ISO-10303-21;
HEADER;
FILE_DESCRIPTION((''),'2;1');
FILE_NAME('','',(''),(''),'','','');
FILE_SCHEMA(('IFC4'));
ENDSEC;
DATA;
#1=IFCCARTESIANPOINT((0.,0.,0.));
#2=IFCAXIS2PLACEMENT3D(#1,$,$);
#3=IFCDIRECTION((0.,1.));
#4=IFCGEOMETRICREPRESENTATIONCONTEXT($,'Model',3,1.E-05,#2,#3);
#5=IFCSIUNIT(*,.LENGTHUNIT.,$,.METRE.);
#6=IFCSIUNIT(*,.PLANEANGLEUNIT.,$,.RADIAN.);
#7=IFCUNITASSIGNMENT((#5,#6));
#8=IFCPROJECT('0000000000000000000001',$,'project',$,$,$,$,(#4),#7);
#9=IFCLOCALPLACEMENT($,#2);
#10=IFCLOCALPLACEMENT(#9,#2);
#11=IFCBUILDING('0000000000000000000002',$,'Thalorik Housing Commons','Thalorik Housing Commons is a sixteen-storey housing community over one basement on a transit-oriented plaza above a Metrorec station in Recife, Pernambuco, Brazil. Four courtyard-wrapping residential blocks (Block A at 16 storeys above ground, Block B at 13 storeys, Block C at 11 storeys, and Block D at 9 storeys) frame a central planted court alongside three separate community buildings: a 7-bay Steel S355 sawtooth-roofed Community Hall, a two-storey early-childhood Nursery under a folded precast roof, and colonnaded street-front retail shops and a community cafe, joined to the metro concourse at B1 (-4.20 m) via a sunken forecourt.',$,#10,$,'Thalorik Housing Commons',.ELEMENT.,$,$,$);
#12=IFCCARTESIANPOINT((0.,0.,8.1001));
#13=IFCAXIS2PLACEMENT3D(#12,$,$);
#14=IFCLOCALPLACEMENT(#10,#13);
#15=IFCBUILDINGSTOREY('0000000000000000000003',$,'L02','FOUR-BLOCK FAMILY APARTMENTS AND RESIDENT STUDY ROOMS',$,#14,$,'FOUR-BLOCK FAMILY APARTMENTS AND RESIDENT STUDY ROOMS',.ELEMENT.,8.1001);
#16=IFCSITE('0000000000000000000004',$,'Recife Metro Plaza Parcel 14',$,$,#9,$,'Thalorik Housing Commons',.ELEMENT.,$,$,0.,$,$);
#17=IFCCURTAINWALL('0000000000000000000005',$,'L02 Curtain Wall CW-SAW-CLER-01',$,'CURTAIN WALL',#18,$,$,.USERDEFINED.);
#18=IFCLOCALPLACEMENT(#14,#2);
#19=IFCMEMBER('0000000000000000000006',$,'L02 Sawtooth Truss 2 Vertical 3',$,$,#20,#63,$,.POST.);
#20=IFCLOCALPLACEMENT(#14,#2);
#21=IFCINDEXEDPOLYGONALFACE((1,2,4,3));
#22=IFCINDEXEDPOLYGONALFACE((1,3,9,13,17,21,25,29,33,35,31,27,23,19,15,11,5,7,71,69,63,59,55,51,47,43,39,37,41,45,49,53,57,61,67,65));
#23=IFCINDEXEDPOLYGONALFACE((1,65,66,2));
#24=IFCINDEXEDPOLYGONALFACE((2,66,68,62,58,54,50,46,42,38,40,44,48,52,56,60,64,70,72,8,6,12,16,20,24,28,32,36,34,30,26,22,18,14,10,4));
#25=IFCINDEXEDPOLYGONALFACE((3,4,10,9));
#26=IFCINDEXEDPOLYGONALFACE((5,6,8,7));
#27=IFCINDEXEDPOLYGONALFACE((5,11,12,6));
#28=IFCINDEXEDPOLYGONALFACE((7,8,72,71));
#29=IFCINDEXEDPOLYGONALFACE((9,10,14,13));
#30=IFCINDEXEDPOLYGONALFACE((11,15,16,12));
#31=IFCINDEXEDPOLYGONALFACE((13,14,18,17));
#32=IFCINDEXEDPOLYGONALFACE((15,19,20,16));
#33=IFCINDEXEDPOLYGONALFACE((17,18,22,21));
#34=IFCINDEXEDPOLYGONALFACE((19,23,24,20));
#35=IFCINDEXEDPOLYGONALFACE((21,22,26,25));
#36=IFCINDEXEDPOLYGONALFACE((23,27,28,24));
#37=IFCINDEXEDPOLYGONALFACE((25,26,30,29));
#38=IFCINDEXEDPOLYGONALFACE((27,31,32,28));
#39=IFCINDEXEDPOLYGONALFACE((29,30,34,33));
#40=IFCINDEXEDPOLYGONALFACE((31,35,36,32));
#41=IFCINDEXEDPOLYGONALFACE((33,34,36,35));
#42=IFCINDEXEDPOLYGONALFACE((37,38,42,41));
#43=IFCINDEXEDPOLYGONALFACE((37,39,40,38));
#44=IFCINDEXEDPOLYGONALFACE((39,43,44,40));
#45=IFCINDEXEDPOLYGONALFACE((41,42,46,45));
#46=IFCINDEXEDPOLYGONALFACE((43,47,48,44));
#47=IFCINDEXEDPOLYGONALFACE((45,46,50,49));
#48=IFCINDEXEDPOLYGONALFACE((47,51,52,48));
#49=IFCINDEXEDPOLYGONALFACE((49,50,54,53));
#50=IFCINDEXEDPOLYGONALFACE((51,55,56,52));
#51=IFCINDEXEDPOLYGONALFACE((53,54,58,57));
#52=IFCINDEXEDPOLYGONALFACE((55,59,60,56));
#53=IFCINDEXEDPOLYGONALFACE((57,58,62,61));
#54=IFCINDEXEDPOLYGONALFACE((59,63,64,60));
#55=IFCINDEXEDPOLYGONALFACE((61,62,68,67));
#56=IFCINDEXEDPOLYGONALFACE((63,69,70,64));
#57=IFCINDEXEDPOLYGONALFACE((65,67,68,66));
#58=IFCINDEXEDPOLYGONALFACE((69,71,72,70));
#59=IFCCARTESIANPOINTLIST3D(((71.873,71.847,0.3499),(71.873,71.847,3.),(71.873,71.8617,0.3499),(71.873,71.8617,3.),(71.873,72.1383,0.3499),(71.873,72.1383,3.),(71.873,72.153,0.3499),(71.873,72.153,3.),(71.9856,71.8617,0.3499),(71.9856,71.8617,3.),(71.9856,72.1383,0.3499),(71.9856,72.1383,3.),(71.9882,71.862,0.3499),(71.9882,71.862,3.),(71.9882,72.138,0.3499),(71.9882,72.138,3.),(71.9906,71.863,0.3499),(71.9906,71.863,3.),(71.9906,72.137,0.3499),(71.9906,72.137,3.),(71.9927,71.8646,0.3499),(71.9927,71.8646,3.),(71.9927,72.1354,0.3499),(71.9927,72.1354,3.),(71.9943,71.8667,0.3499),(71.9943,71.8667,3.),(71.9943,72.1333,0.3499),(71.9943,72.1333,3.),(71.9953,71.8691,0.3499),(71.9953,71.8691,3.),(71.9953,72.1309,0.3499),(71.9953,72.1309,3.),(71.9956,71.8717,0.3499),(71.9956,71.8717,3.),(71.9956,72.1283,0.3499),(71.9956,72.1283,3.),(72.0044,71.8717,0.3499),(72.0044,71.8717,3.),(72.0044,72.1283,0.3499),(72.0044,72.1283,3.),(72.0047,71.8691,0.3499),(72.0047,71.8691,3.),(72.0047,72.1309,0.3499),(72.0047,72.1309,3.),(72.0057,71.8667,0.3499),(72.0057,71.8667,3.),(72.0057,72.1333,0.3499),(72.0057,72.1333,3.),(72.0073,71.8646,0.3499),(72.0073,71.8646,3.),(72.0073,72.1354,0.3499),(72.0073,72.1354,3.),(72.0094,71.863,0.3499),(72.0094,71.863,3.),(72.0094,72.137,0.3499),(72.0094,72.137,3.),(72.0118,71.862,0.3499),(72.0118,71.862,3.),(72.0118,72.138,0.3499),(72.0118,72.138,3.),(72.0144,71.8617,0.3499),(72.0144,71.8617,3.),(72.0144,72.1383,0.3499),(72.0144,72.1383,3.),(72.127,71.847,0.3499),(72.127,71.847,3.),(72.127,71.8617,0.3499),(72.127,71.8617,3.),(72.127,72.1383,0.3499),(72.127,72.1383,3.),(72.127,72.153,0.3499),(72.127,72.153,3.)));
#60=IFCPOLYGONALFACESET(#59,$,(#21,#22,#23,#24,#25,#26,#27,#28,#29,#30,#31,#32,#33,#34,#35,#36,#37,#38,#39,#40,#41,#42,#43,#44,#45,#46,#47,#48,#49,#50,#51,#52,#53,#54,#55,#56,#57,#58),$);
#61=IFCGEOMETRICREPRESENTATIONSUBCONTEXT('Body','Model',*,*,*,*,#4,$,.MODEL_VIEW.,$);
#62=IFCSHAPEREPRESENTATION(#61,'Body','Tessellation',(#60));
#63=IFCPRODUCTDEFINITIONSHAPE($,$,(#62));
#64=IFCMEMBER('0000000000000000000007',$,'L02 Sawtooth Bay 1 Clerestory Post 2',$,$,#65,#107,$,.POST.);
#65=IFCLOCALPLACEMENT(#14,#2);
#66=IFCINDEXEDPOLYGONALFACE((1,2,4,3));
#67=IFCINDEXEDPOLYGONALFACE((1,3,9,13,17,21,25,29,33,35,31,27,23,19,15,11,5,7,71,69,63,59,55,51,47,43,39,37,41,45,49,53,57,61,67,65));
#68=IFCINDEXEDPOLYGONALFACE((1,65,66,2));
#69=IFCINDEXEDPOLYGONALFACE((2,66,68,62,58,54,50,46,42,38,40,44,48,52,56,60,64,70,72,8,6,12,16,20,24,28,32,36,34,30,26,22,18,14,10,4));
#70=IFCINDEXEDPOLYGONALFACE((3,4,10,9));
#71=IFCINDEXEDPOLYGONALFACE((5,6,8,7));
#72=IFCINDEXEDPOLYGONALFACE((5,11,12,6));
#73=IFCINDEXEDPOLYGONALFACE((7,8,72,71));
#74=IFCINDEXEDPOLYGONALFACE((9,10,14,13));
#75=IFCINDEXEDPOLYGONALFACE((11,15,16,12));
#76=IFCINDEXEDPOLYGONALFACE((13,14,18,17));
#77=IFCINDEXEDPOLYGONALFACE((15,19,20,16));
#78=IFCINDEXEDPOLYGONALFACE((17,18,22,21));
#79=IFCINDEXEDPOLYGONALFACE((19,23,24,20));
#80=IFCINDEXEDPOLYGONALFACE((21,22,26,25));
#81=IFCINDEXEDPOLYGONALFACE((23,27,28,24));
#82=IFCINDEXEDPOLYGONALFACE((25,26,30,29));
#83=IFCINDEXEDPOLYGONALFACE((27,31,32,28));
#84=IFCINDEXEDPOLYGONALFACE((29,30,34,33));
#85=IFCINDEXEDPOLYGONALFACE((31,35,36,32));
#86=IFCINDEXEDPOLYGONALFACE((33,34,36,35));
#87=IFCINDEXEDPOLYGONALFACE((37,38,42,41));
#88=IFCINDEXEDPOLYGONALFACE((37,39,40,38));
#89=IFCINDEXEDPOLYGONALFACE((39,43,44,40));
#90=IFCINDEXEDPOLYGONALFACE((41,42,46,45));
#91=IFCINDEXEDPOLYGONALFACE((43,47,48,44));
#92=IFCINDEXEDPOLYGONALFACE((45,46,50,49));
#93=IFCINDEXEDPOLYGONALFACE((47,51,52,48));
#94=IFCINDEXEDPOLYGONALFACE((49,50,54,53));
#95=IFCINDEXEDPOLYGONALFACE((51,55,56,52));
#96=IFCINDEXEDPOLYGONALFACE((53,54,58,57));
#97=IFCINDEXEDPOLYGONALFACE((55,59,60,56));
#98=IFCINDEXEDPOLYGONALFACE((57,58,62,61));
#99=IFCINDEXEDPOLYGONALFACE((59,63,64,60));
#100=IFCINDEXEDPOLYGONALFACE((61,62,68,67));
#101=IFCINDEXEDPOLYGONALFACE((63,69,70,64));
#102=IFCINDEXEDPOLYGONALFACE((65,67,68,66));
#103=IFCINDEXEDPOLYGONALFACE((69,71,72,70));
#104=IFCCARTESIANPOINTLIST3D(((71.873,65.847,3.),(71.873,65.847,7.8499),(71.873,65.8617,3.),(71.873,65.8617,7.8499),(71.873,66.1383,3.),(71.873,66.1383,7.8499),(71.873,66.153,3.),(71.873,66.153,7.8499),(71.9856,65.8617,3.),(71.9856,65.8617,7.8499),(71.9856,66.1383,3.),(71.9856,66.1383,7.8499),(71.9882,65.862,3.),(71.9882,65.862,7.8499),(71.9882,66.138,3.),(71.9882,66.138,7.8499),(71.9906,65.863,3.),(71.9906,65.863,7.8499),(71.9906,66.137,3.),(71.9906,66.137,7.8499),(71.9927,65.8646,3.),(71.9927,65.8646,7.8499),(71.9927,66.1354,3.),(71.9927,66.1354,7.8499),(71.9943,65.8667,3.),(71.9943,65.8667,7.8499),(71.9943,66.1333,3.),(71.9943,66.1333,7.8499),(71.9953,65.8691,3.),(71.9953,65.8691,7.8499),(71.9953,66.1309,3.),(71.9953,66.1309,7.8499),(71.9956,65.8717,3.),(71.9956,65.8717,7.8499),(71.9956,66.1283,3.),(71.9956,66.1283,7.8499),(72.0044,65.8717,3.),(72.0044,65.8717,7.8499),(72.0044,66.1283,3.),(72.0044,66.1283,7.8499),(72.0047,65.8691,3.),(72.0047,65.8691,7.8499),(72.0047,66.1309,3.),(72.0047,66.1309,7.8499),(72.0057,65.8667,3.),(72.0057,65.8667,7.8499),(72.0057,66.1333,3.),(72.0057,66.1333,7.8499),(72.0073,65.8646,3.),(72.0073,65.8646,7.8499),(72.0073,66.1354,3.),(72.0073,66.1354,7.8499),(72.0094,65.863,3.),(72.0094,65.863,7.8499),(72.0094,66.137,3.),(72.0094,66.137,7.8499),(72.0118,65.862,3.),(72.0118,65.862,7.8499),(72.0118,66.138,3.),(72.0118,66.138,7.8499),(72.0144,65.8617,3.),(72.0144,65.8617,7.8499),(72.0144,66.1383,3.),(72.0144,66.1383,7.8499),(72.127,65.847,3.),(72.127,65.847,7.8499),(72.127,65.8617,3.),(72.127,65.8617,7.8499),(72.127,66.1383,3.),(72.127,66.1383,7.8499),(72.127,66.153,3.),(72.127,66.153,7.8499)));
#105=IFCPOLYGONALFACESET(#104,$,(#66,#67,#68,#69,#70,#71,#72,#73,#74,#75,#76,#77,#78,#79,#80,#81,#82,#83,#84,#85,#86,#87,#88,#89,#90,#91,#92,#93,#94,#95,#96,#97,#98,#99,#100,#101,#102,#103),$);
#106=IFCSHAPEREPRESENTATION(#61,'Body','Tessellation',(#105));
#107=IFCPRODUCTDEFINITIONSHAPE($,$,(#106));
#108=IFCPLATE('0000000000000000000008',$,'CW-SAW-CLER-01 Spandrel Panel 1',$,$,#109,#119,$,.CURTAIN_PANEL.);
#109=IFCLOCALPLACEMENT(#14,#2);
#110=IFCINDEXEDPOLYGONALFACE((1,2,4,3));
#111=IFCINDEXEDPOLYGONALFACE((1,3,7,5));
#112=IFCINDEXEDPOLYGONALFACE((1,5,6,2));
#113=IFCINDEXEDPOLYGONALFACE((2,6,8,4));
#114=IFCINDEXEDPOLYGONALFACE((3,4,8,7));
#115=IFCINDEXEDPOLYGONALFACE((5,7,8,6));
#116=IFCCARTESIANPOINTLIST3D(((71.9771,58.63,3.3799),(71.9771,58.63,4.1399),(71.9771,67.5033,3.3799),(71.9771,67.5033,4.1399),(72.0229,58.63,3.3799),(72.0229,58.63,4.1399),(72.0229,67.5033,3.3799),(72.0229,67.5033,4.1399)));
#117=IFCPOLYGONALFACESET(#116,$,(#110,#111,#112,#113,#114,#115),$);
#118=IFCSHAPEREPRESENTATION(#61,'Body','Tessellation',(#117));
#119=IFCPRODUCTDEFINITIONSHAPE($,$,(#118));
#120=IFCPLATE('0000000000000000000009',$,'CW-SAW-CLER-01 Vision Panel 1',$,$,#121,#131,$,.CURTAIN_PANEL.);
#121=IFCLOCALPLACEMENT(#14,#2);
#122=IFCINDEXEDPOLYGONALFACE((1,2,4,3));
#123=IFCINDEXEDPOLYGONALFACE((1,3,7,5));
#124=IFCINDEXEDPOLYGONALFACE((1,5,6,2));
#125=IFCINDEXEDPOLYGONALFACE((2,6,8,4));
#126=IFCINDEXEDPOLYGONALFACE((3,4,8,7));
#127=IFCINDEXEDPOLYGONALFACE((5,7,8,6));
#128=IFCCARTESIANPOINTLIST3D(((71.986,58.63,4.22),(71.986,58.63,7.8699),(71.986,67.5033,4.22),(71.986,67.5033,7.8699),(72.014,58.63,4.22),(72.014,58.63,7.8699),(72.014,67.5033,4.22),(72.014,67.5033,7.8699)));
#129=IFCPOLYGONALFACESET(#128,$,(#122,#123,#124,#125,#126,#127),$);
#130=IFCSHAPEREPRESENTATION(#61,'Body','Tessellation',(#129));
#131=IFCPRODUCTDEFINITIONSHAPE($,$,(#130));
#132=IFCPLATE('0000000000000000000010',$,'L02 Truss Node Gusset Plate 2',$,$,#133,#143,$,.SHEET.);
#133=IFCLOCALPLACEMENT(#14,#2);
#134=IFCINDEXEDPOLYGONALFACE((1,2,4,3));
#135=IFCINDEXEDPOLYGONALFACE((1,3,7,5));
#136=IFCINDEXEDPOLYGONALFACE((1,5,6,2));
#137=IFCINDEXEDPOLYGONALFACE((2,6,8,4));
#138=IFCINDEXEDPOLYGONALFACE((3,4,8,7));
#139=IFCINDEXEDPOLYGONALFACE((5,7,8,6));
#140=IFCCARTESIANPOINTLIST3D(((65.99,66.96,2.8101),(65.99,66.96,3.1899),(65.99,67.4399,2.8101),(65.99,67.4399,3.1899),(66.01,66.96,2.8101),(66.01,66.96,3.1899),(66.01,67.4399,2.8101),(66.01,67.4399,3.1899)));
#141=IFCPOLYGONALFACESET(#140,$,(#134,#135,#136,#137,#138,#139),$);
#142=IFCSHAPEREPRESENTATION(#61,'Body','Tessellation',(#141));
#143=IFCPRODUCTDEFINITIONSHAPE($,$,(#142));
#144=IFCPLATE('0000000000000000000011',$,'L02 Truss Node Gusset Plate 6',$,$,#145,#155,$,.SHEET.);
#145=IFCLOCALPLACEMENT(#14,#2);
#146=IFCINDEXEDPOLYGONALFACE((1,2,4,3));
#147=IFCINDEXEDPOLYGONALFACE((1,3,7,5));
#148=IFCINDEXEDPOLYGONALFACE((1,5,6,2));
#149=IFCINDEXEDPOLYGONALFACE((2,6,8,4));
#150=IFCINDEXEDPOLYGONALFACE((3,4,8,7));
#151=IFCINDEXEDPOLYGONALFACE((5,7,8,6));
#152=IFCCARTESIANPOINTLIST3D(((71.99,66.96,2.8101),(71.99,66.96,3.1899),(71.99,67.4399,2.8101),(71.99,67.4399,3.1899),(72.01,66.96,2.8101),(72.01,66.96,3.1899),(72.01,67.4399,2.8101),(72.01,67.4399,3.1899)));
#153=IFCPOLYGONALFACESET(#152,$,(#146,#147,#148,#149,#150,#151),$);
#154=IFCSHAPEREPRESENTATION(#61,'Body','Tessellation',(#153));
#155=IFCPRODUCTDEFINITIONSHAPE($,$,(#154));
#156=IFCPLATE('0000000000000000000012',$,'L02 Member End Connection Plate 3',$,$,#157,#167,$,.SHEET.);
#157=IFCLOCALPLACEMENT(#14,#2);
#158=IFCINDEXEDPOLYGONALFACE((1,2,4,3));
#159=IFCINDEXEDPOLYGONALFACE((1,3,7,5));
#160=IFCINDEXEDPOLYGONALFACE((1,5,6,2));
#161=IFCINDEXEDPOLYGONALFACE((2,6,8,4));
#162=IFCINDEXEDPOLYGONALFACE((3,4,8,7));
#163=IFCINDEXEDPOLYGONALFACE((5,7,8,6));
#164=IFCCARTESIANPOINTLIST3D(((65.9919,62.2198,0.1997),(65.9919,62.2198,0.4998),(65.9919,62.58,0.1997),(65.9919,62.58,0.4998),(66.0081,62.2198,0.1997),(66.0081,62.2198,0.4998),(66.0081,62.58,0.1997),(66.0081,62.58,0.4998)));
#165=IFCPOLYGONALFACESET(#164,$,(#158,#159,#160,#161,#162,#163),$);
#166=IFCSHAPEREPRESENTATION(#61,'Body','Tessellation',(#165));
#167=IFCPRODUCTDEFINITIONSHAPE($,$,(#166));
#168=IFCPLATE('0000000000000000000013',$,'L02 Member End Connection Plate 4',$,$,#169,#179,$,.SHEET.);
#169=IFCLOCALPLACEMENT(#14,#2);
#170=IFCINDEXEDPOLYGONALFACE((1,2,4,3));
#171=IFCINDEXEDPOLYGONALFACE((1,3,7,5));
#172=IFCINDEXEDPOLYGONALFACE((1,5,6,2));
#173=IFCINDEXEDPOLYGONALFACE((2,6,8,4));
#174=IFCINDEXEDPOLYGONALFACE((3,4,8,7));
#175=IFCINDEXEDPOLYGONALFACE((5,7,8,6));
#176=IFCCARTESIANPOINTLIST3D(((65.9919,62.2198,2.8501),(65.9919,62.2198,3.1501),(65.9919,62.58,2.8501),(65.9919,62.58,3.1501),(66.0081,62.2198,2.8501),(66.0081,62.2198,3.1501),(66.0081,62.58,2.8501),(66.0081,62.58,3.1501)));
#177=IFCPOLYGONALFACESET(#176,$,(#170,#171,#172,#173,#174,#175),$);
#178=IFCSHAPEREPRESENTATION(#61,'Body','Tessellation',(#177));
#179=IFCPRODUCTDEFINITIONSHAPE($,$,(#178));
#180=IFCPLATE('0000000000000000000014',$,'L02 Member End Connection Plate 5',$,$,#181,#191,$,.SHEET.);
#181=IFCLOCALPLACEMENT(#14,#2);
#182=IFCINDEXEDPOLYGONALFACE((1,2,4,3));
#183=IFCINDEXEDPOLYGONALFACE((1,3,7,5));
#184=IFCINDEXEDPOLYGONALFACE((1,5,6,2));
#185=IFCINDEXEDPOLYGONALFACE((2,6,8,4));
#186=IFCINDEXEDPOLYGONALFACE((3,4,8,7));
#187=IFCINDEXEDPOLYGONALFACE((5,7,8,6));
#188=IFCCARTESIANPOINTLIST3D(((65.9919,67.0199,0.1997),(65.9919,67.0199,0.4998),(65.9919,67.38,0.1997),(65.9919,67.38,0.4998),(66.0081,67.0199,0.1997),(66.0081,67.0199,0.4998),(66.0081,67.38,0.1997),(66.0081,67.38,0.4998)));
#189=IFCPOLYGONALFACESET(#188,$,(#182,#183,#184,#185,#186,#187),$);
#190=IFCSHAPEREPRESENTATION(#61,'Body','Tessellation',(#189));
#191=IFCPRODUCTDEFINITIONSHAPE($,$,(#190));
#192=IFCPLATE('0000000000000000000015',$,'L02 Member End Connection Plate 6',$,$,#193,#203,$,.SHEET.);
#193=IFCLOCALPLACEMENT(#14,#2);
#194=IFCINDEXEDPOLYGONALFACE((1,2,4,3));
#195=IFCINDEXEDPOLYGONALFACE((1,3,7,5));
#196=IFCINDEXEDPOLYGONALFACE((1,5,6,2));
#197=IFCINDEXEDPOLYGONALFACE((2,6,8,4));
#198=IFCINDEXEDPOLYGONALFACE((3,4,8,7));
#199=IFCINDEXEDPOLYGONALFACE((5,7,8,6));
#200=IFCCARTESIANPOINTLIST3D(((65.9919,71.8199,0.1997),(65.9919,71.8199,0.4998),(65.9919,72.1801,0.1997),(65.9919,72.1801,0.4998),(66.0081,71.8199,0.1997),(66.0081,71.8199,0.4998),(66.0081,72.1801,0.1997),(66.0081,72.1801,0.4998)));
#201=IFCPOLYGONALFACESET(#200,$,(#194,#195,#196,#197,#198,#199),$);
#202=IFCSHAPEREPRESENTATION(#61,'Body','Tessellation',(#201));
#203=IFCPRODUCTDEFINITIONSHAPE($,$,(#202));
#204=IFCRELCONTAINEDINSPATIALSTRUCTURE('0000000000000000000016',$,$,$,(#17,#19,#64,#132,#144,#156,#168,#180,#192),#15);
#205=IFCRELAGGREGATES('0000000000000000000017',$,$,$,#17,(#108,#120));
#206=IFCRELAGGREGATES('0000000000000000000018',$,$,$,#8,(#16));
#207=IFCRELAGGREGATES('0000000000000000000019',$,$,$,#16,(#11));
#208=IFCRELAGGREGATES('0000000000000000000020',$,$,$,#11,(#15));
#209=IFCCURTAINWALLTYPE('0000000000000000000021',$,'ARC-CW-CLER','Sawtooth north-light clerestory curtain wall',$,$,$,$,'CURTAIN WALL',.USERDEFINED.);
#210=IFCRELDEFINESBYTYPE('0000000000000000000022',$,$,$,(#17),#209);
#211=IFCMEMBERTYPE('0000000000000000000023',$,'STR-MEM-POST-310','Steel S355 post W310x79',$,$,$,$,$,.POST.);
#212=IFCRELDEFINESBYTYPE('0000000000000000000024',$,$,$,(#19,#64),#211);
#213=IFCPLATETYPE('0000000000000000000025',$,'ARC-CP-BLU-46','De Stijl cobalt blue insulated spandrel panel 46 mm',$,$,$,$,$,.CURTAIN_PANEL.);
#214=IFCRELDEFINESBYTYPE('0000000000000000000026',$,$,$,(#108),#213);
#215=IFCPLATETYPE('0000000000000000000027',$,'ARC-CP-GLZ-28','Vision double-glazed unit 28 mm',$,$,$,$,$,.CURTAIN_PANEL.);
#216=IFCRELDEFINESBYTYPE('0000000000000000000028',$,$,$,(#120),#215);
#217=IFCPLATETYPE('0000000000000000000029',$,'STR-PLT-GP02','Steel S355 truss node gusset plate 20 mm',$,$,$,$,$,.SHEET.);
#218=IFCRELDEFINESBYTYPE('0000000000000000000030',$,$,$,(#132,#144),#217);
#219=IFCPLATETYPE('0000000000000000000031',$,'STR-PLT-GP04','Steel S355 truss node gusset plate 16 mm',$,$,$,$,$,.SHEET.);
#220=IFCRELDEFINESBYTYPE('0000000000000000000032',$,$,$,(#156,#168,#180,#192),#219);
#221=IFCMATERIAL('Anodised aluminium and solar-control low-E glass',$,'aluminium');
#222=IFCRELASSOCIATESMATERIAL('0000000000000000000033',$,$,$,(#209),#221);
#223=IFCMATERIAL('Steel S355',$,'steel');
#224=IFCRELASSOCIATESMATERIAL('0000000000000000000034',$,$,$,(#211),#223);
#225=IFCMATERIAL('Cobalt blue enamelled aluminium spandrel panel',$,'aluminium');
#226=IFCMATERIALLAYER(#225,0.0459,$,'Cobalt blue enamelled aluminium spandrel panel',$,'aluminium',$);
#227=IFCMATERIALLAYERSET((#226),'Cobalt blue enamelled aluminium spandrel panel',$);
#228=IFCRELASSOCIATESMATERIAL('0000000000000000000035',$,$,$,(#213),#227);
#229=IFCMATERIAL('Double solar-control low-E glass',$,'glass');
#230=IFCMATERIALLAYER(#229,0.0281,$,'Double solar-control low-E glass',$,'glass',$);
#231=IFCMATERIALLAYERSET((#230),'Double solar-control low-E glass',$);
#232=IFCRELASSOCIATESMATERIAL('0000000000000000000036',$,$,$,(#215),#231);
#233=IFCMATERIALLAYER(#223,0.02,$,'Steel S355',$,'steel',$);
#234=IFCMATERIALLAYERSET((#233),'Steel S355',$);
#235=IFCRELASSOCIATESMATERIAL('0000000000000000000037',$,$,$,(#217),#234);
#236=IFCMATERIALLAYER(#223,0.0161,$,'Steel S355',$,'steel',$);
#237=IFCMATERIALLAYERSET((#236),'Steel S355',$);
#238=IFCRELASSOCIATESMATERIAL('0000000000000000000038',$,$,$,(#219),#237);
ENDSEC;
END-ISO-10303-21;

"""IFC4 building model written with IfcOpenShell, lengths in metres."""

from ifc_helpers import new_model, si_unit, direction, frame, origin, origin_2d, place, context, subcontext, project, spatial, rectangle, i_section, extrude, material, layer, layer_set, material_profile, profile_set, type_object, element, aggregate, save


model = new_model("IFC4")

# Units and contexts
model_context = context("Model", 3, precision=1e-05, world=origin(), true_north=direction((0.0, 1.0)))
body_context = subcontext(model_context, "Body", "Model", "MODEL_VIEW")
ifc_project = project(units=[si_unit("LENGTHUNIT", "METRE"), si_unit("PLANEANGLEUNIT", "RADIAN")], contexts=[model_context])

# Site, building, storey
site_placement = place(None, origin())
site = spatial("IfcSite", under=ifc_project, at=site_placement, Name="Recife Metro Plaza Parcel 14", LongName="Thalorik Housing Commons", CompositionType="ELEMENT", RefElevation=0.0)
building_placement = place(site_placement, origin())
building = spatial("IfcBuilding", under=site, at=building_placement, Name="Thalorik Housing Commons", Description="Thalorik Housing Commons is a sixteen-storey housing community over one basement on a transit-oriented plaza above a Metrorec station in Recife, Pernambuco, Brazil. Four courtyard-wrapping residential blocks (Block A at 16 storeys above ground, Block B at 13 storeys, Block C at 11 storeys, and Block D at 9 storeys) frame a central planted court alongside three separate community buildings: a 7-bay Steel S355 sawtooth-roofed Community Hall, a two-storey early-childhood Nursery under a folded precast roof, and colonnaded street-front retail shops and a community cafe, joined to the metro concourse at B1 (-4.20 m) via a sunken forecourt.", LongName="Thalorik Housing Commons", CompositionType="ELEMENT")
storey_placement = place(building_placement, frame((0.0, 0.0, 8.1001)))
storey = spatial("IfcBuildingStorey", under=building, at=storey_placement, Name="L02", Description="FOUR-BLOCK FAMILY APARTMENTS AND RESIDENT STUDY ROOMS", LongName="FOUR-BLOCK FAMILY APARTMENTS AND RESIDENT STUDY ROOMS", CompositionType="ELEMENT", Elevation=8.1001)

# Curtain wall
ifc_material_1 = material(Name="Anodised aluminium and solar-control low-E glass", Category="aluminium")
curtain_wall_type = type_object("IfcCurtainWallType", Name="ARC-CW-CLER", Description="Sawtooth north-light clerestory curtain wall", ElementType="CURTAIN WALL", PredefinedType="USERDEFINED", material=ifc_material_1)
curtain_wall_placement = place(storey_placement, origin())
curtain_wall = element("IfcCurtainWall", 1, at=curtain_wall_placement, inside=storey, type_object=curtain_wall_type, Name="L02 Curtain Wall CW-SAW-CLER-01", ObjectType="CURTAIN WALL", PredefinedType="USERDEFINED")

# Shared definitions
ifc_material_2 = material(Name="Steel S355", Category="steel")

# Members
ifc_material_profile_1 = material_profile(ifc_material_2, i_section(OverallWidth=0.2539, OverallDepth=0.3059, WebThickness=0.0088, FlangeThickness=0.0146, FilletRadius=0.01, at=origin_2d()), Name="W310x79", Category="steel")
ifc_profile_set_1 = profile_set([ifc_material_profile_1], Name="Steel S355")
member_type_1 = type_object("IfcMemberType", Name="STR-MEM-POST-310", Description="Steel S355 post W310x79", PredefinedType="POST", material=ifc_profile_set_1)
for number, where, z_axis, x_axis, name in (
    (2, (72.0, 72.0, 0.3499), (0.0, 0.0, 1.0), (1.0, 0.0, 0.0), "L02 Sawtooth Truss 2 Vertical 3"),
):
    element("IfcMember", number, at=place(storey_placement, frame(where, z_axis=z_axis, x_axis=x_axis)), inside=storey, type_object=member_type_1, Name=name, PredefinedType="POST", context=body_context, shape_type="SweptSolid", body=[
        extrude(i_section(OverallWidth=0.2539, OverallDepth=0.3059, WebThickness=0.0088, FlangeThickness=0.0146, FilletRadius=0.01, at=origin_2d()), origin(), (0.0, 0.0, 1.0), 2.6501),
    ])
member_1_placement = place(storey_placement, frame((72.0, 66.0, 3.0), z_axis=(0.0, 0.0, 1.0), x_axis=(1.0, 0.0, 0.0)))
element("IfcMember", 3, at=member_1_placement, inside=storey, type_object=member_type_1, Name="L02 Sawtooth Bay 1 Clerestory Post 2", PredefinedType="POST", context=body_context, shape_type="SweptSolid", body=[
    extrude(i_section(OverallWidth=0.2539, OverallDepth=0.3059, WebThickness=0.0088, FlangeThickness=0.0146, FilletRadius=0.01, at=origin_2d()), origin(), (0.0, 0.0, 1.0), 4.8499),
])

# Plates
ifc_material_3 = material(Name="Cobalt blue enamelled aluminium spandrel panel", Category="aluminium")
ifc_layer_1 = layer(ifc_material_3, 0.0459, Name="Cobalt blue enamelled aluminium spandrel panel", Category="aluminium")
ifc_layer_set_1 = layer_set([ifc_layer_1], Name="Cobalt blue enamelled aluminium spandrel panel")
plate_type_1 = type_object("IfcPlateType", Name="ARC-CP-BLU-46", Description="De Stijl cobalt blue insulated spandrel panel 46 mm", PredefinedType="CURTAIN_PANEL", material=ifc_layer_set_1)
plate_1_placement = place(storey_placement, frame((72.0, 63.0667, 3.3799), z_axis=(0.0, 0.0, 1.0), x_axis=(0.0, 1.0, 0.0)))
plate_1 = element("IfcPlate", 4, at=plate_1_placement, type_object=plate_type_1, Name="CW-SAW-CLER-01 Spandrel Panel 1", PredefinedType="CURTAIN_PANEL", context=body_context, shape_type="SweptSolid", body=[
    extrude(rectangle(XDim=8.8733, YDim=0.0459, at=origin_2d()), origin(), (0.0, 0.0, 1.0), 0.76),
])
ifc_material_4 = material(Name="Double solar-control low-E glass", Category="glass")
ifc_layer_2 = layer(ifc_material_4, 0.0281, Name="Double solar-control low-E glass", Category="glass")
ifc_layer_set_2 = layer_set([ifc_layer_2], Name="Double solar-control low-E glass")
plate_type_2 = type_object("IfcPlateType", Name="ARC-CP-GLZ-28", Description="Vision double-glazed unit 28 mm", PredefinedType="CURTAIN_PANEL", material=ifc_layer_set_2)
plate_2_placement = place(storey_placement, frame((72.0, 63.0667, 4.22), z_axis=(0.0, 0.0, 1.0), x_axis=(0.0, 1.0, 0.0)))
plate_2 = element("IfcPlate", 5, at=plate_2_placement, type_object=plate_type_2, Name="CW-SAW-CLER-01 Vision Panel 1", PredefinedType="CURTAIN_PANEL", context=body_context, shape_type="SweptSolid", body=[
    extrude(rectangle(XDim=8.8733, YDim=0.0281, at=origin_2d()), origin(), (0.0, 0.0, 1.0), 3.6499),
])
aggregate(curtain_wall, [plate_1, plate_2])

# Plates
ifc_layer_3 = layer(ifc_material_2, 0.02, Name="Steel S355", Category="steel")
ifc_layer_set_3 = layer_set([ifc_layer_3], Name="Steel S355")
plate_type_3 = type_object("IfcPlateType", Name="STR-PLT-GP02", Description="Steel S355 truss node gusset plate 20 mm", PredefinedType="SHEET", material=ifc_layer_set_3)
for number, where, z_axis, x_axis, name in (
    (6, (66.0, 67.2, 2.8101), (0.0, 0.0, 1.0), (1.0, 0.0, 0.0), "L02 Truss Node Gusset Plate 2"),
    (7, (72.0, 67.2, 2.8101), (0.0, 0.0, 1.0), (1.0, 0.0, 0.0), "L02 Truss Node Gusset Plate 6"),
):
    element("IfcPlate", number, at=place(storey_placement, frame(where, z_axis=z_axis, x_axis=x_axis)), inside=storey, type_object=plate_type_3, Name=name, PredefinedType="SHEET", context=body_context, shape_type="SweptSolid", body=[
        extrude(rectangle(XDim=0.02, YDim=0.48, at=origin_2d()), origin(), (0.0, 0.0, 1.0), 0.3799),
    ])
ifc_layer_4 = layer(ifc_material_2, 0.0161, Name="Steel S355", Category="steel")
ifc_layer_set_4 = layer_set([ifc_layer_4], Name="Steel S355")
plate_type_4 = type_object("IfcPlateType", Name="STR-PLT-GP04", Description="Steel S355 truss node gusset plate 16 mm", PredefinedType="SHEET", material=ifc_layer_set_4)
for number, where, z_axis, x_axis, name in (
    (8, (66.0, 62.3999, 0.1997), (0.0, 0.0, 1.0), (1.0, 0.0, 0.0), "L02 Member End Connection Plate 3"),
    (9, (66.0, 62.3999, 2.8501), (0.0, 0.0, 1.0), (1.0, 0.0, 0.0), "L02 Member End Connection Plate 4"),
    (10, (66.0, 67.2, 0.1997), (0.0, 0.0, 1.0), (1.0, 0.0, 0.0), "L02 Member End Connection Plate 5"),
    (11, (66.0, 72.0, 0.1997), (0.0, 0.0, 1.0), (1.0, 0.0, 0.0), "L02 Member End Connection Plate 6"),
):
    element("IfcPlate", number, at=place(storey_placement, frame(where, z_axis=z_axis, x_axis=x_axis)), inside=storey, type_object=plate_type_4, Name=name, PredefinedType="SHEET", context=body_context, shape_type="SweptSolid", body=[
        extrude(rectangle(XDim=0.0161, YDim=0.3601, at=origin_2d()), origin(), (0.0, 0.0, 1.0), 0.3),
    ])

save(model, "model.ifc")
